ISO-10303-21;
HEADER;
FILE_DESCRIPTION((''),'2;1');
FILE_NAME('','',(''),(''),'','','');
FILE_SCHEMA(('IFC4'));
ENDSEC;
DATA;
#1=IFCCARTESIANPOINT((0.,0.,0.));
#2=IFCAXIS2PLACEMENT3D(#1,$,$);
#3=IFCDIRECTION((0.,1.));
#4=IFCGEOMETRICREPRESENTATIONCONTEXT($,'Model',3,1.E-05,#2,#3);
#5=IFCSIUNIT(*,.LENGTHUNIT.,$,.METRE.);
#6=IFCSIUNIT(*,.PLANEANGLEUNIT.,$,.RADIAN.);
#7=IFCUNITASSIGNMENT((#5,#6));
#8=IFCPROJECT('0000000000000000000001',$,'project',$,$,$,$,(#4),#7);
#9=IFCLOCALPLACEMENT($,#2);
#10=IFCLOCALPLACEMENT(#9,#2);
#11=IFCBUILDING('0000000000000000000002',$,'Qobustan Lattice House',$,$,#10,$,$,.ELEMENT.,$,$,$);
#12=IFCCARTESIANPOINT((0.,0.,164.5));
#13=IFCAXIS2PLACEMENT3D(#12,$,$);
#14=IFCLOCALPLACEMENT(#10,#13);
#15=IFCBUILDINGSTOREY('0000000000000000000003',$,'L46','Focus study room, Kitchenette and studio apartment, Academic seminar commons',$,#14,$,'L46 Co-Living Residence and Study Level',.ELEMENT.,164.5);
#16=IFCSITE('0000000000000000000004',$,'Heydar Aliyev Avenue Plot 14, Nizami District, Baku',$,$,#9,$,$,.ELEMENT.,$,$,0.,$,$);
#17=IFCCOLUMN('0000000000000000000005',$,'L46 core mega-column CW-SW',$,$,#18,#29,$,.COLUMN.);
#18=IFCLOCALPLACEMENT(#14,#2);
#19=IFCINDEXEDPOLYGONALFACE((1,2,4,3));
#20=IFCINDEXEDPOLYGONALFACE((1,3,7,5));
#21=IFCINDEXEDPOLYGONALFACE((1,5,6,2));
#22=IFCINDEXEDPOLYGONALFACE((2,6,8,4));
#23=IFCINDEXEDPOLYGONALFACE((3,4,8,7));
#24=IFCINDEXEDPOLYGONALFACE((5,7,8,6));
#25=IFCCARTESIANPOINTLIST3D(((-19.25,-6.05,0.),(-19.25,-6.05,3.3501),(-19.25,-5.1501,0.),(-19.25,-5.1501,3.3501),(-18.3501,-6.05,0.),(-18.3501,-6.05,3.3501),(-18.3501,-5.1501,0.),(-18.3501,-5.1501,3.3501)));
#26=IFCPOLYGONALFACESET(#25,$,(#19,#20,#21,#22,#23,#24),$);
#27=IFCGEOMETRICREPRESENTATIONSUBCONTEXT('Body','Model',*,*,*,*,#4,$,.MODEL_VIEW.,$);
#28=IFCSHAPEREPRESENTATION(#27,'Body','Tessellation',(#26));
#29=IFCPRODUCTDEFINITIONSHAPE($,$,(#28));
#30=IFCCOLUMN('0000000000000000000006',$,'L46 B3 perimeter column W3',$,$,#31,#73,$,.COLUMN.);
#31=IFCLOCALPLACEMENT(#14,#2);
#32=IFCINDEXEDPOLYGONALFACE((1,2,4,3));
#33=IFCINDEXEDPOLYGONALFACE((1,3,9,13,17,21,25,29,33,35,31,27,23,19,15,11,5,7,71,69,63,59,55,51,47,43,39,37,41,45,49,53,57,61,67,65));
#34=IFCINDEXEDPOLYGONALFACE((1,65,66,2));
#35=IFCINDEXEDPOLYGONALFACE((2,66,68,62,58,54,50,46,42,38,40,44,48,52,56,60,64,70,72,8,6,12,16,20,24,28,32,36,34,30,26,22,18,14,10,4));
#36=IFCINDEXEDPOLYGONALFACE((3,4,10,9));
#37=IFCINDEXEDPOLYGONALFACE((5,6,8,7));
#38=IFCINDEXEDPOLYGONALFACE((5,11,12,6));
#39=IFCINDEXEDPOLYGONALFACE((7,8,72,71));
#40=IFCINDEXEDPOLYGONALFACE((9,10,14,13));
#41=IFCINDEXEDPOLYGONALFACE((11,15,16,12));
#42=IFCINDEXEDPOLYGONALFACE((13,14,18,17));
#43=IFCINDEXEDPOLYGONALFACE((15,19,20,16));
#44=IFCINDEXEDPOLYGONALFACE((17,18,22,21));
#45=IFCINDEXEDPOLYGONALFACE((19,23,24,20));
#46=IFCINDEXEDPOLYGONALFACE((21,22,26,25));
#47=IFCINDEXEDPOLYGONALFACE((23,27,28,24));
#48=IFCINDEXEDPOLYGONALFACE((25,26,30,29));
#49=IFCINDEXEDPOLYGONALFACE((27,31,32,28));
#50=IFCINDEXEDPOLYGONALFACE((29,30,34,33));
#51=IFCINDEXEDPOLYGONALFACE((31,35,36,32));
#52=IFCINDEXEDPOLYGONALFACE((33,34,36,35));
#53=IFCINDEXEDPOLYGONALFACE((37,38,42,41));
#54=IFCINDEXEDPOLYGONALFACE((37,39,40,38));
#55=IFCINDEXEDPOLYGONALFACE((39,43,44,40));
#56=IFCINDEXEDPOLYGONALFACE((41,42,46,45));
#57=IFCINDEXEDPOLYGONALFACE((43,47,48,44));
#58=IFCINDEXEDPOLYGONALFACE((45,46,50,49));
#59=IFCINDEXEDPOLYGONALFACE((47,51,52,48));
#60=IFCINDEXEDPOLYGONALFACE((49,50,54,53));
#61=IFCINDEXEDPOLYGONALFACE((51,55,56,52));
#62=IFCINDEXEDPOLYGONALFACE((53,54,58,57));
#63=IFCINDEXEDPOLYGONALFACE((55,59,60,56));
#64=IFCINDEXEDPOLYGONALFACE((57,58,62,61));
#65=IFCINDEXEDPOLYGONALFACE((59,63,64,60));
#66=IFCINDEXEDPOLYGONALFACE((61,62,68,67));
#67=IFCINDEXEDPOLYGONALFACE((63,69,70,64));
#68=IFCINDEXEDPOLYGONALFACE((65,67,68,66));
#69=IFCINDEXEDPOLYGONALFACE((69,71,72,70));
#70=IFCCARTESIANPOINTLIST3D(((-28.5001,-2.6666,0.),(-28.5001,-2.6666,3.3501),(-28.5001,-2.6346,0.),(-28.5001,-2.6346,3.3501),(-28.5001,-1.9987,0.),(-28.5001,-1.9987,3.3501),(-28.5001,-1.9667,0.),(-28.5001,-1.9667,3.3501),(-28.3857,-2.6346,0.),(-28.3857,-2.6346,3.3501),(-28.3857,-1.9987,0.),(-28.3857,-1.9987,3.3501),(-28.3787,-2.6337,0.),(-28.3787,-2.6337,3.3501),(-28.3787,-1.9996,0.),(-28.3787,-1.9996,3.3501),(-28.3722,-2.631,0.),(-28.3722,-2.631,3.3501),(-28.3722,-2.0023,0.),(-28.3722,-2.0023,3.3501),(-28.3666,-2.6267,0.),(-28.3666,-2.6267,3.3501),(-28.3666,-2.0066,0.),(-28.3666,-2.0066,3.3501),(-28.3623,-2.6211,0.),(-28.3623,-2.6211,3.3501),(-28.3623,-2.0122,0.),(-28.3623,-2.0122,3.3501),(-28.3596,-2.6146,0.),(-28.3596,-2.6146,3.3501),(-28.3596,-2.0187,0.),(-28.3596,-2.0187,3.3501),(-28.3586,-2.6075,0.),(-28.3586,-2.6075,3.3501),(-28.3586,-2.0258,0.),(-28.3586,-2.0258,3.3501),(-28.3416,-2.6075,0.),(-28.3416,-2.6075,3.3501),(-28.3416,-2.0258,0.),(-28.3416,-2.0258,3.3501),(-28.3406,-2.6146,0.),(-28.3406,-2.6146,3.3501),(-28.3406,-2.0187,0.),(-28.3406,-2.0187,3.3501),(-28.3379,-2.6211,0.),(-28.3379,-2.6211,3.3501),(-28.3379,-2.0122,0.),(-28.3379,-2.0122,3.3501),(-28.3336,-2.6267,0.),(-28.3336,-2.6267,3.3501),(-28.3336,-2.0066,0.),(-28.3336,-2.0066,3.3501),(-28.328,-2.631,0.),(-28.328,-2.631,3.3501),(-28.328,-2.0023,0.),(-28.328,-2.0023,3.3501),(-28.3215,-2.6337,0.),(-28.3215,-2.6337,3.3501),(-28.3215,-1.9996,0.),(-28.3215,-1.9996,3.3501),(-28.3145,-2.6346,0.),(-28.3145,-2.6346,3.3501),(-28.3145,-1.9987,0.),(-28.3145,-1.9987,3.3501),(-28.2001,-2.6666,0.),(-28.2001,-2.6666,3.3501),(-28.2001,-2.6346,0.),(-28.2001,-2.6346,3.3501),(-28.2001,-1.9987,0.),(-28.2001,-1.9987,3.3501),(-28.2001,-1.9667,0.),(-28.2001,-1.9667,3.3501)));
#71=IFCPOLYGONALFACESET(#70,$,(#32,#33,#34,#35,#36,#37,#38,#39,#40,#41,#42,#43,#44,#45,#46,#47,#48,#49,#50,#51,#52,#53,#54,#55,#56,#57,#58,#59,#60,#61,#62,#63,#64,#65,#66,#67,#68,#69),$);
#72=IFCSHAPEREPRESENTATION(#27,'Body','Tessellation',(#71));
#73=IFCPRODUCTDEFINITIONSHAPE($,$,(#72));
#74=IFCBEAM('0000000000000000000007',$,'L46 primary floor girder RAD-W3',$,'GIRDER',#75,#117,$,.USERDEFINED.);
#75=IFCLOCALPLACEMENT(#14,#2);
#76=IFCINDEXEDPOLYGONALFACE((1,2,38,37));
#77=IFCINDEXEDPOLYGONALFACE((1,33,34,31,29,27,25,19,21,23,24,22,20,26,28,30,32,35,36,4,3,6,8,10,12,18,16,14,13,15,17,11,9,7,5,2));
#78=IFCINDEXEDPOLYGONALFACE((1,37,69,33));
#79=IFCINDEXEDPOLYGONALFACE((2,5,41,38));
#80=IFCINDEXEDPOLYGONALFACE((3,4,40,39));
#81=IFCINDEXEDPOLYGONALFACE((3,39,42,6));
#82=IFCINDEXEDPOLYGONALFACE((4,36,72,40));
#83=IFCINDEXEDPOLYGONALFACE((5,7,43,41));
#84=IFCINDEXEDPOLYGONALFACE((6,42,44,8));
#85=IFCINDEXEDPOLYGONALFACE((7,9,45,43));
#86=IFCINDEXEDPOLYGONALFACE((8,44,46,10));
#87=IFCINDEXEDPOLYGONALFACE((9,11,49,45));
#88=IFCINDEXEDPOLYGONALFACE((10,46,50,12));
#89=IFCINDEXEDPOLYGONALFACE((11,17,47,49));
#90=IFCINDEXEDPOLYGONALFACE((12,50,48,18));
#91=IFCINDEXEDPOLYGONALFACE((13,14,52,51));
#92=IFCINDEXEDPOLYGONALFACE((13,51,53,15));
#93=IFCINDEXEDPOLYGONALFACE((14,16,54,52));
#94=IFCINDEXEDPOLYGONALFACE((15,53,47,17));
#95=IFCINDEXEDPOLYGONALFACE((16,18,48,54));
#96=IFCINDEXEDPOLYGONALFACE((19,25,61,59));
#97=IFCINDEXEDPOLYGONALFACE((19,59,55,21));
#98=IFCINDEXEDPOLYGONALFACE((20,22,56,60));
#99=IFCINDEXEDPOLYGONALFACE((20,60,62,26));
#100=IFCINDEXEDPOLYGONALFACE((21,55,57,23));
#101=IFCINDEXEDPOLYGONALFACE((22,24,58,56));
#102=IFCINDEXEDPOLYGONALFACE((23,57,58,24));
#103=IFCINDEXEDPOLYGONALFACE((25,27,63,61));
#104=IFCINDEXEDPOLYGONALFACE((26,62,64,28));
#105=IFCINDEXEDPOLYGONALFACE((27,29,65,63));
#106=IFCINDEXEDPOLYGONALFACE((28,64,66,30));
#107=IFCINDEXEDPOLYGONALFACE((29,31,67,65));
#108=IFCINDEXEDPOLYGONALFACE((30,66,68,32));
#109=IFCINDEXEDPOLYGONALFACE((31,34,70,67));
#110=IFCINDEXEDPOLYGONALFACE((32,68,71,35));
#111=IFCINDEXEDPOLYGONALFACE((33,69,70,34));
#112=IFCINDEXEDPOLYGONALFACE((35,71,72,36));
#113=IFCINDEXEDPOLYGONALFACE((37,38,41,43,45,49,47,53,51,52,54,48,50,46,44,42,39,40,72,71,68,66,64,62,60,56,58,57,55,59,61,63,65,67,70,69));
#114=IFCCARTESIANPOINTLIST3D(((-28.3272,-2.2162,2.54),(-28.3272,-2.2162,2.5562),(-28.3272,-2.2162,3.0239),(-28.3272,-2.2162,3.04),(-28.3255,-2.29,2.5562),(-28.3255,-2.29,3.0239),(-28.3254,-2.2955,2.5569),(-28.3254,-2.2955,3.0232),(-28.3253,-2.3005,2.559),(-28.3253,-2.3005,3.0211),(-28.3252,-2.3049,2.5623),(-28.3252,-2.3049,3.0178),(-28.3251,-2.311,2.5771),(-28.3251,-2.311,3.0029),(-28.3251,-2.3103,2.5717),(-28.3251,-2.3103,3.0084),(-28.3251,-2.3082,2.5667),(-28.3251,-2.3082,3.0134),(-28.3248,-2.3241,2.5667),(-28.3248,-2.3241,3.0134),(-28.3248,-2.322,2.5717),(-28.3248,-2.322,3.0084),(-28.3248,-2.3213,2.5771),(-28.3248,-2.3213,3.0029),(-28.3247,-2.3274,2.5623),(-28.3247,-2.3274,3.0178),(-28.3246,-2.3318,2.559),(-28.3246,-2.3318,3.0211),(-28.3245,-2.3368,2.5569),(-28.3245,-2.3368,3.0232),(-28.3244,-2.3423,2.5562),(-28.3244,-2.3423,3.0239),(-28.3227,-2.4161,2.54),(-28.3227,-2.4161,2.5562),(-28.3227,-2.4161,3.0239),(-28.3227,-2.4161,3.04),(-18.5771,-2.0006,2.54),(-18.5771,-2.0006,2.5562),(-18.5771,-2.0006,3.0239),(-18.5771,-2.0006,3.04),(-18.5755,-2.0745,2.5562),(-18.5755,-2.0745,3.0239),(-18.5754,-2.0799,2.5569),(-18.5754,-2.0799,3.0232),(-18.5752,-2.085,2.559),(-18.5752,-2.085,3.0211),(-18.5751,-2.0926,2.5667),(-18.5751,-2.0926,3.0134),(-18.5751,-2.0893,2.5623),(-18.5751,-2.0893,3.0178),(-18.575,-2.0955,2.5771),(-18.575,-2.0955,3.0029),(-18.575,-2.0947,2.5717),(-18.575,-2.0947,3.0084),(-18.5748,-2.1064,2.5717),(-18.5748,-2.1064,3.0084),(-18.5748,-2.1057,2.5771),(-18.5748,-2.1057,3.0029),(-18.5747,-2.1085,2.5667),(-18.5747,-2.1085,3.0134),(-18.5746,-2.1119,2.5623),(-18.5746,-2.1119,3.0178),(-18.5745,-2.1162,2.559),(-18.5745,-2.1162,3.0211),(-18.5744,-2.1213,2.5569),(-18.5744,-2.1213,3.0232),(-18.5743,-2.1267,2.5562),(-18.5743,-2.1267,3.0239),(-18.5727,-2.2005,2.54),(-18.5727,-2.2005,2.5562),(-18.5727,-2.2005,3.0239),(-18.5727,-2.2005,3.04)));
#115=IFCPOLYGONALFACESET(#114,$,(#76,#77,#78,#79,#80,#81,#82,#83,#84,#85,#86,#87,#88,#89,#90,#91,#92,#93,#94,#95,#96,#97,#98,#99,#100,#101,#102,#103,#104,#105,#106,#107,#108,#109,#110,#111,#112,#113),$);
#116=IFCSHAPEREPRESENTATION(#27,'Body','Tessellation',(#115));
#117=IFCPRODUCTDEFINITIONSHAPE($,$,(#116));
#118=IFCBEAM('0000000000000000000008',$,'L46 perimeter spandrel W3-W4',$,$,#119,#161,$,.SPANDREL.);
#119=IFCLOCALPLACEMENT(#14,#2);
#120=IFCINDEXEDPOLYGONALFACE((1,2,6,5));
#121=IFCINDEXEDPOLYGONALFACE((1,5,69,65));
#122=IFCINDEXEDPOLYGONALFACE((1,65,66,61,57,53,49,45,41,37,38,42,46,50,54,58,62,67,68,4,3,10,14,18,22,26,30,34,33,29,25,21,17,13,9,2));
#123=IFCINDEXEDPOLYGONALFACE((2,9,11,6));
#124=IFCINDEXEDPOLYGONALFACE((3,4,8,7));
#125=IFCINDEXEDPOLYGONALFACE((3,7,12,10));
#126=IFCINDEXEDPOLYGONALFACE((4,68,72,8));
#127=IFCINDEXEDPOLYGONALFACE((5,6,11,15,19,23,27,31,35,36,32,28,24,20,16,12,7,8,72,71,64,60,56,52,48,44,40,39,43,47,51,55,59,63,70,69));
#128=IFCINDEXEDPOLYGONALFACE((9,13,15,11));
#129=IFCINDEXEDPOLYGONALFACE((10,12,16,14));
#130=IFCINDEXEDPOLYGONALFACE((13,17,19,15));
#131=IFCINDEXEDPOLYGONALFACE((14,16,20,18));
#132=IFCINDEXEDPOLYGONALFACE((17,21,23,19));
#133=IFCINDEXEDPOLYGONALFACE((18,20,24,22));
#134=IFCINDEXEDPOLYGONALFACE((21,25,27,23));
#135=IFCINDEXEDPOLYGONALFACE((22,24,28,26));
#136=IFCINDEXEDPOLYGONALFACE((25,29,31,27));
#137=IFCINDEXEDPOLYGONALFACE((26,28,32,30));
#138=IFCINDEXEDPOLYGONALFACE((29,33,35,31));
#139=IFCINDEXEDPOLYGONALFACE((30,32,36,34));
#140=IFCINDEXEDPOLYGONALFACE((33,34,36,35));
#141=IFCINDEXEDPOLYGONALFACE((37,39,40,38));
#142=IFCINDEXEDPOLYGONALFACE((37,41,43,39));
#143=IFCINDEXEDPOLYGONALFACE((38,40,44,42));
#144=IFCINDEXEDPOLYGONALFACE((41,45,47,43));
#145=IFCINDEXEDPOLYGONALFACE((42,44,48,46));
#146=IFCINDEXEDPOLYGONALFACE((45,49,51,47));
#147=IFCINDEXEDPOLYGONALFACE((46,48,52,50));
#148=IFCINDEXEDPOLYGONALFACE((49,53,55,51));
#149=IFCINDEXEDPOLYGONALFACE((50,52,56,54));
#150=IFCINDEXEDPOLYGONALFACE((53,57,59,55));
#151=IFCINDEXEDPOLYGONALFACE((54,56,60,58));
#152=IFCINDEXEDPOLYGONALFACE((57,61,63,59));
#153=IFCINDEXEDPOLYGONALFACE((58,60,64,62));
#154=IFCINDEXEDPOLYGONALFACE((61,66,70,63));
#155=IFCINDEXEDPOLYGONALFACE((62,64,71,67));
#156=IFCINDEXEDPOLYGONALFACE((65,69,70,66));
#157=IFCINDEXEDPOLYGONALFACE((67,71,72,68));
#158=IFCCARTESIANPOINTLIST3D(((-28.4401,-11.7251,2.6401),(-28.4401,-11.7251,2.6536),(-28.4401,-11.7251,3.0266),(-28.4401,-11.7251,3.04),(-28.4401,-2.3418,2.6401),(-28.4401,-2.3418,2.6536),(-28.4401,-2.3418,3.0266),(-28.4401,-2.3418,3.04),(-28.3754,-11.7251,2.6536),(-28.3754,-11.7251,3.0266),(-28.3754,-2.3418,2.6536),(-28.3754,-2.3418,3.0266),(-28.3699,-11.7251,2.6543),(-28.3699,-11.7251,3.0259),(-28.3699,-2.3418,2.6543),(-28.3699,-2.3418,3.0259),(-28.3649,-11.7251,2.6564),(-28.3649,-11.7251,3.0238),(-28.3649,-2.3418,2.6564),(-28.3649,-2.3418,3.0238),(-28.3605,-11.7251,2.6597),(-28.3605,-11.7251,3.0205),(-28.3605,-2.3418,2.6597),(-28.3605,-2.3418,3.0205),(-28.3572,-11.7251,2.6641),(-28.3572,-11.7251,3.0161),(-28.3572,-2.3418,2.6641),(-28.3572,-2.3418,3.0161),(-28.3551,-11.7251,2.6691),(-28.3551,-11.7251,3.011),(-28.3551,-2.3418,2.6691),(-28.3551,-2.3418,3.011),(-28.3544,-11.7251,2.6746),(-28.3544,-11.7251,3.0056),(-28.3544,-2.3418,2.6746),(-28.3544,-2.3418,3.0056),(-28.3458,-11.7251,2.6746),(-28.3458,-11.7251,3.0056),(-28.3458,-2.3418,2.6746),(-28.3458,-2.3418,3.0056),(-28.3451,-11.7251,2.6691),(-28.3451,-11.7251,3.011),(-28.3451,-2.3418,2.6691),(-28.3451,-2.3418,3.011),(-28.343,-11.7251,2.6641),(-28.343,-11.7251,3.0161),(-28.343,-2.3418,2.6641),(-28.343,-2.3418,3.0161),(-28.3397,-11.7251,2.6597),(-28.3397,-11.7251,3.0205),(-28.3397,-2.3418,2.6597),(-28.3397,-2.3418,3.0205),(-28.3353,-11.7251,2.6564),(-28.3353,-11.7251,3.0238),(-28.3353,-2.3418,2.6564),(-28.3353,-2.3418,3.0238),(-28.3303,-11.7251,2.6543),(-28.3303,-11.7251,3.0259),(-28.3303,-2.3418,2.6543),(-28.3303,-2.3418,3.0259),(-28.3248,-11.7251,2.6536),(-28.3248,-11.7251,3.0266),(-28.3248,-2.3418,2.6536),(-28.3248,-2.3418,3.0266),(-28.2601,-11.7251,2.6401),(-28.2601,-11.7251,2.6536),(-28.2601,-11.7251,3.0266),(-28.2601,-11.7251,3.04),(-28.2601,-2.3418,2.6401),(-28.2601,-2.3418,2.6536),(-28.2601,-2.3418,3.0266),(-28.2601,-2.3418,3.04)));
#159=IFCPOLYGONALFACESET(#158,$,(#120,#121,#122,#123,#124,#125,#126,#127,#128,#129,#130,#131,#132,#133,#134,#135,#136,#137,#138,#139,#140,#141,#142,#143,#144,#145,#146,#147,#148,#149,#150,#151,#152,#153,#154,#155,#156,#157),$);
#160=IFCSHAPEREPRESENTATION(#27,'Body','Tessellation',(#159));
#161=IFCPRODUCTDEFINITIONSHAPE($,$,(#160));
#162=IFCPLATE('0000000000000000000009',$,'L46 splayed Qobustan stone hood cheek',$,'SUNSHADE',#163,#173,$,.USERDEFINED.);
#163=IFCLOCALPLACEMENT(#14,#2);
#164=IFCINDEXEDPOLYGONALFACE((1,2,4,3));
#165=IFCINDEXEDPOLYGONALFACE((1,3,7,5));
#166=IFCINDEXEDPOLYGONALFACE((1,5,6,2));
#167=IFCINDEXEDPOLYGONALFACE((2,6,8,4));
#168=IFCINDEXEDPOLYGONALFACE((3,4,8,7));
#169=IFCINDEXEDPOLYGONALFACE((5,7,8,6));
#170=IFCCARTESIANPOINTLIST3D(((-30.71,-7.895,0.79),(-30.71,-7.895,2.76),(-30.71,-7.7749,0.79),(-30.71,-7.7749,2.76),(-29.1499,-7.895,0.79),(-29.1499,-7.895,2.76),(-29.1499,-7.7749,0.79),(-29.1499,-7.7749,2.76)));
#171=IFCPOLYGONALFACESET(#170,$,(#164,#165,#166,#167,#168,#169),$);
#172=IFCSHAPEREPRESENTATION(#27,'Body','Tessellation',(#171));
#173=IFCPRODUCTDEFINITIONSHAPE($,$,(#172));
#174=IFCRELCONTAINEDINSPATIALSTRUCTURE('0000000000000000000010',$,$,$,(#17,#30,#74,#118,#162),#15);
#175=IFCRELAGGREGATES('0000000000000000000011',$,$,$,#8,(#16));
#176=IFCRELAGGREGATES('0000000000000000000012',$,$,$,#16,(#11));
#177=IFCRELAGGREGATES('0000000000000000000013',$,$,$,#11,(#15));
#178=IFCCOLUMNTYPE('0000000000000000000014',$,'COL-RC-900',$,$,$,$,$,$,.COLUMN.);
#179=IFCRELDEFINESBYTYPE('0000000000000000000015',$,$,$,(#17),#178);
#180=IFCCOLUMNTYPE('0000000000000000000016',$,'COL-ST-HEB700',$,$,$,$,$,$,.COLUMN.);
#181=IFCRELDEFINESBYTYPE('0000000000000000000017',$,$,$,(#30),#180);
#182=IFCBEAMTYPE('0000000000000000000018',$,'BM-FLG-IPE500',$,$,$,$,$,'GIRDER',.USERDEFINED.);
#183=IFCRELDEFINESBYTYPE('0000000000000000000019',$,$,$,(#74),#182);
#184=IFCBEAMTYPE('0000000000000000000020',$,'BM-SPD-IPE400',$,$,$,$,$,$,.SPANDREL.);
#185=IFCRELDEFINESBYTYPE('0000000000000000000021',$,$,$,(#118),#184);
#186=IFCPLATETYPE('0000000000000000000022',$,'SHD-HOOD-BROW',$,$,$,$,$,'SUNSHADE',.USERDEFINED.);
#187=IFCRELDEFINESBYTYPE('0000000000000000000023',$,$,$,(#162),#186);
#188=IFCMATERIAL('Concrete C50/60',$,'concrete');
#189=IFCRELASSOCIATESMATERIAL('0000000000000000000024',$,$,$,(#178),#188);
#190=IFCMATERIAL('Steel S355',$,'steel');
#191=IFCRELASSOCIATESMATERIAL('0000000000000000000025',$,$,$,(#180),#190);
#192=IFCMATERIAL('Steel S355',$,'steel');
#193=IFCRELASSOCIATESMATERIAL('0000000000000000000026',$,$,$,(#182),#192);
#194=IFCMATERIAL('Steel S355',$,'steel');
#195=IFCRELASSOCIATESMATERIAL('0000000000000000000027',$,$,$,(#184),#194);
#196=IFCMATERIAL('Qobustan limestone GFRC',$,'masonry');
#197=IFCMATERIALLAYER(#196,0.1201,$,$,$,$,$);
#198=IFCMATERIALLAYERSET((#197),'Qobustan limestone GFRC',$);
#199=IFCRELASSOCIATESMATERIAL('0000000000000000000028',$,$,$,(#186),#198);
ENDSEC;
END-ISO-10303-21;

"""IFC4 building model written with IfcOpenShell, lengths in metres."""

from ifc_helpers import new_model, si_unit, direction, frame, origin, origin_2d, place, context, subcontext, project, spatial, rectangle, i_section, extrude, material, layer, layer_set, material_profile, profile_set, type_object, element, save


model = new_model("IFC4")

# Units and contexts
model_context = context("Model", 3, precision=1e-05, world=origin(), true_north=direction((0.0, 1.0)))
body_context = subcontext(model_context, "Body", "Model", "MODEL_VIEW")
ifc_project = project(units=[si_unit("LENGTHUNIT", "METRE"), si_unit("PLANEANGLEUNIT", "RADIAN")], contexts=[model_context])

# Site, building, storey
site_placement = place(None, origin())
site = spatial("IfcSite", under=ifc_project, at=site_placement, Name="Heydar Aliyev Avenue Plot 14, Nizami District, Baku", CompositionType="ELEMENT", RefElevation=0.0)
building_placement = place(site_placement, origin())
building = spatial("IfcBuilding", under=site, at=building_placement, Name="Qobustan Lattice House", CompositionType="ELEMENT")
storey_placement = place(building_placement, frame((0.0, 0.0, 164.5)))
storey = spatial("IfcBuildingStorey", under=building, at=storey_placement, Name="L46", Description="Focus study room, Kitchenette and studio apartment, Academic seminar commons", LongName="L46 Co-Living Residence and Study Level", CompositionType="ELEMENT", Elevation=164.5)

# Columns
ifc_material_1 = material(Name="Concrete C50/60", Category="concrete")
ifc_material_profile_1 = material_profile(ifc_material_1, rectangle(XDim=0.8999, YDim=0.8999, at=origin_2d()), Name="RC900x900")
ifc_profile_set_1 = profile_set([ifc_material_profile_1], Name="Concrete C50/60")
column_type_1 = type_object("IfcColumnType", Name="COL-RC-900", PredefinedType="COLUMN", material=ifc_profile_set_1)
column_1_placement = place(storey_placement, frame((-18.8, -5.6001, 0.0), z_axis=(0.0, 0.0, 1.0), x_axis=(1.0, 0.0, 0.0)))
element("IfcColumn", 1, at=column_1_placement, inside=storey, type_object=column_type_1, Name="L46 core mega-column CW-SW", PredefinedType="COLUMN", context=body_context, shape_type="SweptSolid", body=[
    extrude(rectangle(XDim=0.8999, YDim=0.8999, at=origin_2d()), origin(), (0.0, 0.0, 1.0), 3.3501),
])
ifc_material_2 = material(Name="Steel S355", Category="steel")
ifc_material_profile_2 = material_profile(ifc_material_2, i_section(OverallWidth=0.3, OverallDepth=0.7, WebThickness=0.0171, FlangeThickness=0.032, FilletRadius=0.0271, at=origin_2d()), Name="HEB700")
ifc_profile_set_2 = profile_set([ifc_material_profile_2], Name="Steel S355")
column_type_2 = type_object("IfcColumnType", Name="COL-ST-HEB700", PredefinedType="COLUMN", material=ifc_profile_set_2)
column_2_placement = place(storey_placement, frame((-28.3501, -2.3167, 0.0), z_axis=(0.0, 0.0, 1.0), x_axis=(1.0, 0.0, 0.0)))
element("IfcColumn", 2, at=column_2_placement, inside=storey, type_object=column_type_2, Name="L46 B3 perimeter column W3", PredefinedType="COLUMN", context=body_context, shape_type="SweptSolid", body=[
    extrude(i_section(OverallWidth=0.3, OverallDepth=0.7, WebThickness=0.0171, FlangeThickness=0.032, FilletRadius=0.0271, at=origin_2d()), origin(), (0.0, 0.0, 1.0), 3.3501),
])

# Beams
ifc_material_3 = material(Name="Steel S355", Category="steel")
ifc_material_profile_3 = material_profile(ifc_material_3, i_section(OverallWidth=0.2, OverallDepth=0.5, WebThickness=0.0103, FlangeThickness=0.0161, FilletRadius=0.021, at=origin_2d()), Name="IPE500")
ifc_profile_set_3 = profile_set([ifc_material_profile_3], Name="Steel S355")
beam_type_1 = type_object("IfcBeamType", Name="BM-FLG-IPE500", ElementType="GIRDER", PredefinedType="USERDEFINED", material=ifc_profile_set_3)
beam_1_placement = place(storey_placement, frame((-28.325, -2.3162, 2.79), z_axis=(0.999756, 0.022105, 0.0), x_axis=(-0.022105, 0.999756, 0.0)))
element("IfcBeam", 3, at=beam_1_placement, inside=storey, type_object=beam_type_1, Name="L46 primary floor girder RAD-W3", ObjectType="GIRDER", PredefinedType="USERDEFINED", context=body_context, shape_type="SweptSolid", body=[
    extrude(i_section(OverallWidth=0.2, OverallDepth=0.5, WebThickness=0.0103, FlangeThickness=0.0161, FilletRadius=0.021, at=origin_2d()), origin(), (0.0, 0.0, 1.0), 9.7524),
])
ifc_material_4 = material(Name="Steel S355", Category="steel")
ifc_material_profile_4 = material_profile(ifc_material_4, i_section(OverallWidth=0.1799, OverallDepth=0.3999, WebThickness=0.0085, FlangeThickness=0.0134, FilletRadius=0.021, at=origin_2d()), Name="IPE400")
ifc_profile_set_4 = profile_set([ifc_material_profile_4], Name="Steel S355")
beam_type_2 = type_object("IfcBeamType", Name="BM-SPD-IPE400", PredefinedType="SPANDREL", material=ifc_profile_set_4)
beam_2_placement = place(storey_placement, frame((-28.3501, -2.3418, 2.8401), z_axis=(0.0, -1.0, 0.0), x_axis=(1.0, 0.0, 0.0)))
element("IfcBeam", 4, at=beam_2_placement, inside=storey, type_object=beam_type_2, Name="L46 perimeter spandrel W3-W4", PredefinedType="SPANDREL", context=body_context, shape_type="SweptSolid", body=[
    extrude(i_section(OverallWidth=0.1799, OverallDepth=0.3999, WebThickness=0.0085, FlangeThickness=0.0134, FilletRadius=0.021, at=origin_2d()), origin(), (0.0, 0.0, 1.0), 9.3833),
])

# Plate
ifc_material_5 = material(Name="Qobustan limestone GFRC", Category="masonry")
ifc_layer_1 = layer(ifc_material_5, 0.1201)
ifc_layer_set_1 = layer_set([ifc_layer_1], Name="Qobustan limestone GFRC")
plate_type = type_object("IfcPlateType", Name="SHD-HOOD-BROW", ElementType="SUNSHADE", PredefinedType="USERDEFINED", material=ifc_layer_set_1)
plate_placement = place(storey_placement, frame((-29.9299, -7.835, 0.79), z_axis=(0.0, 0.0, 1.0), x_axis=(0.0, 1.0, 0.0)))
element("IfcPlate", 5, at=plate_placement, inside=storey, type_object=plate_type, Name="L46 splayed Qobustan stone hood cheek", ObjectType="SUNSHADE", PredefinedType="USERDEFINED", context=body_context, shape_type="SweptSolid", body=[
    extrude(rectangle(XDim=0.1201, YDim=1.5601, at=origin_2d()), origin(), (0.0, 0.0, 1.0), 1.97),
])

save(model, "model.ifc")
